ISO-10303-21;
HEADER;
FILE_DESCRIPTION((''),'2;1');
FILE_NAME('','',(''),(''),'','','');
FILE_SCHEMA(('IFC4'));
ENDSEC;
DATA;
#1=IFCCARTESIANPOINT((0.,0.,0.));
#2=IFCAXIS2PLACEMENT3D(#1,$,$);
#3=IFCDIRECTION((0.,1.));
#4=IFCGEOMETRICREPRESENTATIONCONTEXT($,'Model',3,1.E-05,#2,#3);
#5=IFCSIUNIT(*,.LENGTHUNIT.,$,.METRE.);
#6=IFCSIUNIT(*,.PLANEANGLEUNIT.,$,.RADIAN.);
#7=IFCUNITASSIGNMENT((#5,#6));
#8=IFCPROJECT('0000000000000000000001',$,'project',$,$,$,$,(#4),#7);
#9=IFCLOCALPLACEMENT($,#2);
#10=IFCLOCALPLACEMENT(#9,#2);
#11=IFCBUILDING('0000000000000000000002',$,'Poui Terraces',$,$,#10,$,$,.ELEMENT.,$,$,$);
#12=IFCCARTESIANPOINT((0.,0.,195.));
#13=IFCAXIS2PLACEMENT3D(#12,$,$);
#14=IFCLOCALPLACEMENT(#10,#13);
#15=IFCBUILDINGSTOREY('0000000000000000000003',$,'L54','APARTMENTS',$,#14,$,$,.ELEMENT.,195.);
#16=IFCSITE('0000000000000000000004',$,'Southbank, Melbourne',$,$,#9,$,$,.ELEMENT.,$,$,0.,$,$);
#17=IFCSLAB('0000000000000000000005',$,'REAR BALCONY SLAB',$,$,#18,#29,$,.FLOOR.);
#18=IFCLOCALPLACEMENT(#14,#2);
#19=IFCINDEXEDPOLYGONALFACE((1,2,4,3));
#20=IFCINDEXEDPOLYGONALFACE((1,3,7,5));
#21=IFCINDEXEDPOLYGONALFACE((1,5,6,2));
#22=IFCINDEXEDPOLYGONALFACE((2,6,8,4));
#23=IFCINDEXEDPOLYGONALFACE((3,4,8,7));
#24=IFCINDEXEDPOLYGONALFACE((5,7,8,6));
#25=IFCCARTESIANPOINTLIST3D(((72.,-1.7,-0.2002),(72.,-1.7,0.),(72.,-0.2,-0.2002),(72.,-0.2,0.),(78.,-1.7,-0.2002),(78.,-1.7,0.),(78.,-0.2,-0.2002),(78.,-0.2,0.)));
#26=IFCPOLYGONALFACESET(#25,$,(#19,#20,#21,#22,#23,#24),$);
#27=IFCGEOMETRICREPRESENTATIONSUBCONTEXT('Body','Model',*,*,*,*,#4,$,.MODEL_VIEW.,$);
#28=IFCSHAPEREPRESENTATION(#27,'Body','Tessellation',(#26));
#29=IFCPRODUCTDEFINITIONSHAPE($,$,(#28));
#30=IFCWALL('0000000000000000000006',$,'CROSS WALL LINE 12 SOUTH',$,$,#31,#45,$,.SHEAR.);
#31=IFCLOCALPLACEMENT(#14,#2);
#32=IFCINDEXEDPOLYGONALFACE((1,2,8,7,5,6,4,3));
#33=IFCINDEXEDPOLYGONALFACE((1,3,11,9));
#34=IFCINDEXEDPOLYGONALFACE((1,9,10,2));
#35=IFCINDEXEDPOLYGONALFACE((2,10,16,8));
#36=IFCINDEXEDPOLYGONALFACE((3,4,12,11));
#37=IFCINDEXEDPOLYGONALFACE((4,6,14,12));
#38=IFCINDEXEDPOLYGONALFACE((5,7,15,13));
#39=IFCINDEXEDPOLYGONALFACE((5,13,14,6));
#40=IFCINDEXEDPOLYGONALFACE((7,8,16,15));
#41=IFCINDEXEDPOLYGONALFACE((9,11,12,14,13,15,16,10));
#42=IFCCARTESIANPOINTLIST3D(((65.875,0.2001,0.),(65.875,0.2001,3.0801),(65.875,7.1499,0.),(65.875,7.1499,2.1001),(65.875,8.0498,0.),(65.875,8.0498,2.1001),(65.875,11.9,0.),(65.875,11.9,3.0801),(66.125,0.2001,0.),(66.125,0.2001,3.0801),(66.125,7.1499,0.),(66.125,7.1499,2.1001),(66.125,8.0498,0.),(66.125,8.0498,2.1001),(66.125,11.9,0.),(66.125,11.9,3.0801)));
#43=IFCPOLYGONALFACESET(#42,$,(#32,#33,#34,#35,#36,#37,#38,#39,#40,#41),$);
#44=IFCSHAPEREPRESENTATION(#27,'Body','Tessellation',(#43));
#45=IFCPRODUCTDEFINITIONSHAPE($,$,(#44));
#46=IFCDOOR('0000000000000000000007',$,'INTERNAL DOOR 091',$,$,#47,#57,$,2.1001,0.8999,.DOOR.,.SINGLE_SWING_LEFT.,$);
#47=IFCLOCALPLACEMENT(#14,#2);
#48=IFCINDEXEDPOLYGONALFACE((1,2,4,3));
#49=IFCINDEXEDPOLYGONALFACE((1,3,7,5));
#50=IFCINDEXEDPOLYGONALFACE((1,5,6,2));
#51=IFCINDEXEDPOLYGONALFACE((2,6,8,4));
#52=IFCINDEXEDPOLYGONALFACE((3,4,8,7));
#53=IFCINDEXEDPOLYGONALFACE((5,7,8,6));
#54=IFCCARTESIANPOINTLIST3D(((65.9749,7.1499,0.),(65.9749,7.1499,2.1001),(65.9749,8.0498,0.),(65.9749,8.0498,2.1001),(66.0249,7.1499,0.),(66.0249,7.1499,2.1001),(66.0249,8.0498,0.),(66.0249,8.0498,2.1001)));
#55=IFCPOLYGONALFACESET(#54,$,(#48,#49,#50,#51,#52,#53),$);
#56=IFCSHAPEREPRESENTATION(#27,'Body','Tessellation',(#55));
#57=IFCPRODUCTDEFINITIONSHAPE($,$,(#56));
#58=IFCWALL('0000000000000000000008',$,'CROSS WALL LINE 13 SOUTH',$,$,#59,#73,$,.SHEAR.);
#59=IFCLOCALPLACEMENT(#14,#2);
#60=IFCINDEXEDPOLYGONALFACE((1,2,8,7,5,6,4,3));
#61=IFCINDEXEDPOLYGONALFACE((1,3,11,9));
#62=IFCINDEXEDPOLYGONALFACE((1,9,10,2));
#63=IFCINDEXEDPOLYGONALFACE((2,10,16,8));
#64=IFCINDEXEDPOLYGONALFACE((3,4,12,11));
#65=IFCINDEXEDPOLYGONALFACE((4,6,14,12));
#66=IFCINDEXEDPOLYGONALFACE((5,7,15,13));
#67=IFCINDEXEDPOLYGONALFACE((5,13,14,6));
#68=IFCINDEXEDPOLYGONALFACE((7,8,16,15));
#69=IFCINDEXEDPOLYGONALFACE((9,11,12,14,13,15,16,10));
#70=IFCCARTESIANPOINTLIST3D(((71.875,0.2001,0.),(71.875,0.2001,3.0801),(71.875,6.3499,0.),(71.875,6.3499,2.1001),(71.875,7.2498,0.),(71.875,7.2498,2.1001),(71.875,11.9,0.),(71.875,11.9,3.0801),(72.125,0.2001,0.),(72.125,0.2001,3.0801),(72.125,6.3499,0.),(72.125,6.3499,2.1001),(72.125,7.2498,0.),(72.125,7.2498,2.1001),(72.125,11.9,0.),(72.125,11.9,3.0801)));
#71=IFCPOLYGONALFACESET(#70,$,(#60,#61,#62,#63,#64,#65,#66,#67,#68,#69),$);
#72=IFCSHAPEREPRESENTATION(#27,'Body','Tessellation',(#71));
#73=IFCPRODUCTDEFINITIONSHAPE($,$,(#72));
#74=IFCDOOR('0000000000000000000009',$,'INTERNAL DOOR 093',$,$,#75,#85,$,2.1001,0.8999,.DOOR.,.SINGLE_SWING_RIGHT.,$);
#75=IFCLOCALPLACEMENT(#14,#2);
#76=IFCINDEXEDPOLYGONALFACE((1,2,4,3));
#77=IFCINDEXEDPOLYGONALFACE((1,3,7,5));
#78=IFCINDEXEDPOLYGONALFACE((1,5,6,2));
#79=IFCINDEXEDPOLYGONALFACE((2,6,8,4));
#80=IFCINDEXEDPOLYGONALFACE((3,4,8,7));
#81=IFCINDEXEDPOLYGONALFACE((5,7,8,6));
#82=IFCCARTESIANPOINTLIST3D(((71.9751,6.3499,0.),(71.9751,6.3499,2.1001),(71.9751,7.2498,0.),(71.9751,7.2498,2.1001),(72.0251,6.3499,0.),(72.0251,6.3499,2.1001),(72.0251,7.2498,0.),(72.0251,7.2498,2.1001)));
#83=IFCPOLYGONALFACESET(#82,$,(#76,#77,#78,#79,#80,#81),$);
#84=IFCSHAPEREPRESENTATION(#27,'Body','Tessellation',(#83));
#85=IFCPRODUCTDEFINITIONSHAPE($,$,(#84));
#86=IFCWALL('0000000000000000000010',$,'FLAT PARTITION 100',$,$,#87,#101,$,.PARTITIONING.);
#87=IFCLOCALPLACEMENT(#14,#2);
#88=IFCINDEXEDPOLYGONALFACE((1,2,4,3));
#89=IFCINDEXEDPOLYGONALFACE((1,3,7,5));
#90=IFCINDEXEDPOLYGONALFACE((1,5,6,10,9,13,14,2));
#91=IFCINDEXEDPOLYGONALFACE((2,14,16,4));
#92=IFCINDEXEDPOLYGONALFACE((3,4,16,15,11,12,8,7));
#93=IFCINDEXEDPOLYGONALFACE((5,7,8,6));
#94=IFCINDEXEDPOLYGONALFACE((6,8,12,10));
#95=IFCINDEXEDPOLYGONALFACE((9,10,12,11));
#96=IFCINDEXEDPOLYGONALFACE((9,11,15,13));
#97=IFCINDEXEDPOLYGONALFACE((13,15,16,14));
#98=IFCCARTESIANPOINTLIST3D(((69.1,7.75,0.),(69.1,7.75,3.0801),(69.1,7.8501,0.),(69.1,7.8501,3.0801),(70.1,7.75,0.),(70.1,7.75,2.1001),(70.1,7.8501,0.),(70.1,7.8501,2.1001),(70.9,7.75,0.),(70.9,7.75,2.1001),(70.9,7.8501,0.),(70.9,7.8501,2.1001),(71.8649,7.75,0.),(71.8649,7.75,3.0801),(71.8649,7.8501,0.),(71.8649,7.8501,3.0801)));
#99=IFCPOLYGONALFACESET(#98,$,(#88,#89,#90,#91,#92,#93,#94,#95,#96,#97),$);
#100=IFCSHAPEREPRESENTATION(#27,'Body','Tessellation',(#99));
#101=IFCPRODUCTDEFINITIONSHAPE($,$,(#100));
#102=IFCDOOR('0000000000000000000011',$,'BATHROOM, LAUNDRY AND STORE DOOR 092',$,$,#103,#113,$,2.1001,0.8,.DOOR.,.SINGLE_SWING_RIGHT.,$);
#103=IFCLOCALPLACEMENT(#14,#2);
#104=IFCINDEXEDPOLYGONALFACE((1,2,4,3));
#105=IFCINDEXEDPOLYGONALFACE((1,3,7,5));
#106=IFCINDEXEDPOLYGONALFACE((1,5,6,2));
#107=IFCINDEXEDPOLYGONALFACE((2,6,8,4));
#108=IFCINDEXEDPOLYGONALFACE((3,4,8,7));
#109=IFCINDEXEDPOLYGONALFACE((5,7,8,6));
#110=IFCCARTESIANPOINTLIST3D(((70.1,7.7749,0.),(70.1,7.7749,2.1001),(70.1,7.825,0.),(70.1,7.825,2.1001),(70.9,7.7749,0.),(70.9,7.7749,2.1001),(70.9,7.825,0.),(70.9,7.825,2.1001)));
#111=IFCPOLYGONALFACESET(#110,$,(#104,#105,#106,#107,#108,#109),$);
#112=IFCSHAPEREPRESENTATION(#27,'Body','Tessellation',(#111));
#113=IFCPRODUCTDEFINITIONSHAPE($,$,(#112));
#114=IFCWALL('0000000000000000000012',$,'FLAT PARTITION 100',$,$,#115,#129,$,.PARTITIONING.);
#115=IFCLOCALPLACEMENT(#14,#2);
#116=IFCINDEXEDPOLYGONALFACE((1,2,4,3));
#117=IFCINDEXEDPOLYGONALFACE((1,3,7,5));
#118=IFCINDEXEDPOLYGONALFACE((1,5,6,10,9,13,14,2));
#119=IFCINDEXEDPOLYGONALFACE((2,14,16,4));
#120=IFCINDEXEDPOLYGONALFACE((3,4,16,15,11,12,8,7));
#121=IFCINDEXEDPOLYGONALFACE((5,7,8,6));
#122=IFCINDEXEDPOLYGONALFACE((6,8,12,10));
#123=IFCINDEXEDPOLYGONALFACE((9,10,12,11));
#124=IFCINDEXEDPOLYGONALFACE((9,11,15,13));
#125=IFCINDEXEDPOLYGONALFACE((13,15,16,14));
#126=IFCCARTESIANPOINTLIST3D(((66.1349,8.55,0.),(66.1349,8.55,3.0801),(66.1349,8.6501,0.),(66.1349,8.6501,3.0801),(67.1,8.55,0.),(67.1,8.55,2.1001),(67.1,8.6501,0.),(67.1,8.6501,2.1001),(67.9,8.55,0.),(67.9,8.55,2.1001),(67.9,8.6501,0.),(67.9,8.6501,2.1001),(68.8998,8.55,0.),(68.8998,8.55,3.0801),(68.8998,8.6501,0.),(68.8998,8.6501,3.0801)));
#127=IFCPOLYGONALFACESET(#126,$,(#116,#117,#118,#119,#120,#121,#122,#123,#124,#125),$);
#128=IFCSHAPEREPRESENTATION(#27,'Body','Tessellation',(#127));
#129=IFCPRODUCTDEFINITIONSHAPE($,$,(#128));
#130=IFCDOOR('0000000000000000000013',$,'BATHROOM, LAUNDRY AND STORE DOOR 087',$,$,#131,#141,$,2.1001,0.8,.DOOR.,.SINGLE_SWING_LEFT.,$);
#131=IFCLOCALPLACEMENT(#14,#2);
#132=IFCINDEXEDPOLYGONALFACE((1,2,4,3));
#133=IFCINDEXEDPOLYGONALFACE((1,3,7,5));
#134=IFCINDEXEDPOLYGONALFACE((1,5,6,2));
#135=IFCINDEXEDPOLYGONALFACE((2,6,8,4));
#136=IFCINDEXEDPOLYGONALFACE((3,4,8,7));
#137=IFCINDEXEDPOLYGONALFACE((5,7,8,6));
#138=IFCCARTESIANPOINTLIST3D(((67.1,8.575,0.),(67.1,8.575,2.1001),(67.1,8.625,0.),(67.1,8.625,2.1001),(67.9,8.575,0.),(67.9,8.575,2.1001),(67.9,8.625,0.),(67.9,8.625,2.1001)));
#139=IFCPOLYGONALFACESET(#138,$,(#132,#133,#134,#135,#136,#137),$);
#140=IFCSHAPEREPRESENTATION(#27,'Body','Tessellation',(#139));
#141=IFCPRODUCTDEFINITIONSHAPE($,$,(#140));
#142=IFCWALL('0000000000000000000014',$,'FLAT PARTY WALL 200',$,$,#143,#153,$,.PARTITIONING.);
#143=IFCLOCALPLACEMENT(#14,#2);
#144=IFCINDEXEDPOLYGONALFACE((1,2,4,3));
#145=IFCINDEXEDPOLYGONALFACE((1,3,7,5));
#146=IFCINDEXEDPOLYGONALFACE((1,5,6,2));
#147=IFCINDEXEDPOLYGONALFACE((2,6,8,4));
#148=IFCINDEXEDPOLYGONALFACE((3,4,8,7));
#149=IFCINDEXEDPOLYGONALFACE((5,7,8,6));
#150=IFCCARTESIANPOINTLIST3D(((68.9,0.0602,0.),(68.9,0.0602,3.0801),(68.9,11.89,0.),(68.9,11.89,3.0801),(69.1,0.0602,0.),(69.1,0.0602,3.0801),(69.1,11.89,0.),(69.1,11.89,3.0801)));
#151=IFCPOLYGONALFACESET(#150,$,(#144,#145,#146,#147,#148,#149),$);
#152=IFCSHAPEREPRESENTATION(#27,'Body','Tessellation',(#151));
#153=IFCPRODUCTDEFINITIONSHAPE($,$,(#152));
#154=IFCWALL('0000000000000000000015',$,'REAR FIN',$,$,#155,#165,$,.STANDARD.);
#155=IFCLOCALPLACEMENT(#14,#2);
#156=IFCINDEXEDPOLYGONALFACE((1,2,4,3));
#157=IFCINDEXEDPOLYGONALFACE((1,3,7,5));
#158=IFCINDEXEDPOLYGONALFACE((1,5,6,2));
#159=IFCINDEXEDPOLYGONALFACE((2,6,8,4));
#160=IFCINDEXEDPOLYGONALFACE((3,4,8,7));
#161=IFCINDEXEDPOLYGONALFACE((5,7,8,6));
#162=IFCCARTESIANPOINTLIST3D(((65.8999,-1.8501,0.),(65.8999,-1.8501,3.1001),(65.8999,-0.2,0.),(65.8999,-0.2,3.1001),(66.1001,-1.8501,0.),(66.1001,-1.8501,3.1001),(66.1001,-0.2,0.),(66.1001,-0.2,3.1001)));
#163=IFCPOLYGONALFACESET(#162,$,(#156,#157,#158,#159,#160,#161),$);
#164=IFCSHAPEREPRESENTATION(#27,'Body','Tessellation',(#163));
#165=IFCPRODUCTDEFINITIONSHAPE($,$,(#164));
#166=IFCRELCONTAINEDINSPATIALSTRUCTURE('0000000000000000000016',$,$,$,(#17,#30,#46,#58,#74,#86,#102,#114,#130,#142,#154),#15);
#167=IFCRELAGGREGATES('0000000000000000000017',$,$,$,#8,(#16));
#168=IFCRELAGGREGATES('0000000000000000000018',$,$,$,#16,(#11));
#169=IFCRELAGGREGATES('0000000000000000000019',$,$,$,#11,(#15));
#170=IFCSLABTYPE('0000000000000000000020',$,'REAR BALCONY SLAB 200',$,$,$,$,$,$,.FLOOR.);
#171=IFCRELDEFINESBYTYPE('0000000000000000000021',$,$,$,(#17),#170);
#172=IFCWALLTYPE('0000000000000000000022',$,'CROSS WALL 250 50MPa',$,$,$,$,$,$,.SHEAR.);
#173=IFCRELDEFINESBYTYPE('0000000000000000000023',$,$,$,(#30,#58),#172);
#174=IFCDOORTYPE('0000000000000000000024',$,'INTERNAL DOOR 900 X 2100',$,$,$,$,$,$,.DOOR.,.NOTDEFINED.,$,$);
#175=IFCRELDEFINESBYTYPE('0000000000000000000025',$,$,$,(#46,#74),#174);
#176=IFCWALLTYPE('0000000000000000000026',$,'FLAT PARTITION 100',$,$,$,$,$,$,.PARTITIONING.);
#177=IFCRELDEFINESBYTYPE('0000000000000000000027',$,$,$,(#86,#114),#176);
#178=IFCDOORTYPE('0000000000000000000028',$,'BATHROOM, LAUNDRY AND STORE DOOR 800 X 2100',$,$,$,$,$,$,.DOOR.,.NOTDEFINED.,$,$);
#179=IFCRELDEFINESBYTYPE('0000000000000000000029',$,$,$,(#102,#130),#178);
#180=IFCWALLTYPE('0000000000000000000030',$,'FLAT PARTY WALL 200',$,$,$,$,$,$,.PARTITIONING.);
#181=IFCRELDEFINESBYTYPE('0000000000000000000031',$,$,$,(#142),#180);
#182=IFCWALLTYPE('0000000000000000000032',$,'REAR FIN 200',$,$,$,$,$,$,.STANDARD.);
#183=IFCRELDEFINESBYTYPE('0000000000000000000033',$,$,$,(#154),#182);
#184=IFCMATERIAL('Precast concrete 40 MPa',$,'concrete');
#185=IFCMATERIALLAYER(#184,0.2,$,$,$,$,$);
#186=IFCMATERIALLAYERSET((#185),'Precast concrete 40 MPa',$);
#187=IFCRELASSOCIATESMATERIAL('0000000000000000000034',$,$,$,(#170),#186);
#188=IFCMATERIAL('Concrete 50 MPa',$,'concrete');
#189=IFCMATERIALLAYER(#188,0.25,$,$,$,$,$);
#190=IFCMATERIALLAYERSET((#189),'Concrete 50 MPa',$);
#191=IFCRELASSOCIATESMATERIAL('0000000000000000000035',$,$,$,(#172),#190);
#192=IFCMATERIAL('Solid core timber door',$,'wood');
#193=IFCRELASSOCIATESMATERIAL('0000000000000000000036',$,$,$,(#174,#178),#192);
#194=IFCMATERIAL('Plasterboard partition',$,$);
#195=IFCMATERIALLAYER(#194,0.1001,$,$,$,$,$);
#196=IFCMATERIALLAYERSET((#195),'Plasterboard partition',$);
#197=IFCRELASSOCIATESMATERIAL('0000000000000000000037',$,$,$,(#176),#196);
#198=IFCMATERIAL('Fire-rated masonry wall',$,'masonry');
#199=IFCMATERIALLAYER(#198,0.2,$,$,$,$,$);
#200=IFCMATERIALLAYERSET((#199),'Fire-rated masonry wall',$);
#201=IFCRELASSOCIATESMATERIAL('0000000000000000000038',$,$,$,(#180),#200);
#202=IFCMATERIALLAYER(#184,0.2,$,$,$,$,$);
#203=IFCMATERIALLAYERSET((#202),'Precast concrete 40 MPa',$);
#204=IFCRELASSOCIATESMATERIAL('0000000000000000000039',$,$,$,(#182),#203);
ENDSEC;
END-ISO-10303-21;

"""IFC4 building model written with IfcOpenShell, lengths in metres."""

from ifc_helpers import new_model, si_unit, direction, frame, frame_2d, origin, place, context, subcontext, project, spatial, polyline, rectangle, outline, extrude, source, transform, mapped, material, layer, layer_set, type_object, element, fill, save


model = new_model("IFC4")

# Units and contexts
model_context = context("Model", 3, precision=1e-05, world=origin(), true_north=direction((0.0, 1.0)))
body_context = subcontext(model_context, "Body", "Model", "MODEL_VIEW")
ifc_project = project(units=[si_unit("LENGTHUNIT", "METRE"), si_unit("PLANEANGLEUNIT", "RADIAN")], contexts=[model_context])

# Site, building, storey
site_placement = place(None, origin())
site = spatial("IfcSite", under=ifc_project, at=site_placement, Name="Southbank, Melbourne", CompositionType="ELEMENT", RefElevation=0.0)
building_placement = place(site_placement, origin())
building = spatial("IfcBuilding", under=site, at=building_placement, Name="Poui Terraces", CompositionType="ELEMENT")
storey_placement = place(building_placement, frame((0.0, 0.0, 195.0)))
storey = spatial("IfcBuildingStorey", under=building, at=storey_placement, Name="L54", Description="APARTMENTS", CompositionType="ELEMENT", Elevation=195.0)

# Slab
ifc_material_1 = material(Name="Precast concrete 40 MPa", Category="concrete")
ifc_layer_1 = layer(ifc_material_1, 0.2)
ifc_layer_set_1 = layer_set([ifc_layer_1], Name="Precast concrete 40 MPa")
slab_type = type_object("IfcSlabType", Name="REAR BALCONY SLAB 200", PredefinedType="FLOOR", material=ifc_layer_set_1)
shared_shape_1 = source(origin(), body_context, "Body", "SweptSolid", [
    extrude(outline(polyline([(0.0, 0.0), (6.0, 0.0), (6.0, 1.5), (0.0, 1.5), (0.0, 0.0)])), origin(), (0.0, 0.0, 1.0), 0.2002),
])
slab_placement = place(storey_placement, frame((72.0, -1.7, -0.2002)))
element("IfcSlab", 1, at=slab_placement, inside=storey, type_object=slab_type, Name="REAR BALCONY SLAB", PredefinedType="FLOOR", context=body_context, shape_type="MappedRepresentation", body=[
    mapped(shared_shape_1, transform((0.0, 0.0, 0.0))),
])

# Walls, openings, doors
ifc_material_2 = material(Name="Concrete 50 MPa", Category="concrete")
ifc_layer_2 = layer(ifc_material_2, 0.25)
ifc_layer_set_2 = layer_set([ifc_layer_2], Name="Concrete 50 MPa")
wall_type_1 = type_object("IfcWallType", Name="CROSS WALL 250 50MPa", PredefinedType="SHEAR", material=ifc_layer_set_2)
wall_1_placement = place(storey_placement, frame((66.0, 0.2, 0.0), z_axis=(0.0, 0.0, 1.0), x_axis=(0.0, 1.0, 0.0)))
wall_1 = element("IfcWall", 2, at=wall_1_placement, inside=storey, type_object=wall_type_1, Name="CROSS WALL LINE 12 SOUTH", PredefinedType="SHEAR", context=body_context, shape_type="SweptSolid", body=[
    extrude(rectangle(XDim=11.7, YDim=0.25, at=frame_2d((5.8501, 0.0))), origin(), (0.0, 0.0, 1.0), 3.0801),
])
opening_1_placement = place(wall_1_placement, frame((6.95, 0.0, 0.0)))
opening_1 = element("IfcOpeningElement", 3, at=opening_1_placement, cuts=wall_1, PredefinedType="OPENING", context=body_context, shape_type="SweptSolid", body=[
    extrude(rectangle(XDim=0.8999, YDim=2.1001, at=frame_2d((0.45, 1.05))), frame((0.0, 0.135, 0.0), z_axis=(0.0, -1.0, 0.0), x_axis=(1.0, 0.0, 0.0)), (0.0, 0.0, 1.0), 0.27),
])
ifc_material_3 = material(Name="Solid core timber door", Category="wood")
door_type_1 = type_object("IfcDoorType", Name="INTERNAL DOOR 900 X 2100", OperationType="NOTDEFINED", PredefinedType="DOOR", material=ifc_material_3)
door_1_placement = place(opening_1_placement, frame((0.8999, 0.0, 0.0), z_axis=(0.0, 0.0, 1.0), x_axis=(-1.0, 0.0, 0.0)))
door_1 = element("IfcDoor", 4, at=door_1_placement, inside=storey, type_object=door_type_1, Name="INTERNAL DOOR 091", OperationType="SINGLE_SWING_LEFT", OverallHeight=2.1001, OverallWidth=0.8999, PredefinedType="DOOR", context=body_context, shape_type="SweptSolid", body=[
    extrude(rectangle(XDim=0.8999, YDim=2.1001, at=frame_2d((0.45, 1.05))), frame((0.0, 0.0249, 0.0), z_axis=(0.0, -1.0, 0.0), x_axis=(1.0, 0.0, 0.0)), (0.0, 0.0, 1.0), 0.05),
])
fill(opening_1, door_1)
wall_2_placement = place(storey_placement, frame((72.0, 0.2, 0.0), z_axis=(0.0, 0.0, 1.0), x_axis=(0.0, 1.0, 0.0)))
wall_2 = element("IfcWall", 5, at=wall_2_placement, inside=storey, type_object=wall_type_1, Name="CROSS WALL LINE 13 SOUTH", PredefinedType="SHEAR", context=body_context, shape_type="SweptSolid", body=[
    extrude(rectangle(XDim=11.7, YDim=0.25, at=frame_2d((5.8501, 0.0))), origin(), (0.0, 0.0, 1.0), 3.0801),
])
opening_2_placement = place(wall_2_placement, frame((6.1499, 0.0, 0.0)))
opening_2 = element("IfcOpeningElement", 6, at=opening_2_placement, cuts=wall_2, PredefinedType="OPENING", context=body_context, shape_type="SweptSolid", body=[
    extrude(rectangle(XDim=0.8999, YDim=2.1001, at=frame_2d((0.45, 1.05))), frame((0.0, 0.135, 0.0), z_axis=(0.0, -1.0, 0.0), x_axis=(1.0, 0.0, 0.0)), (0.0, 0.0, 1.0), 0.27),
])
door_2_placement = place(opening_2_placement, origin())
door_2 = element("IfcDoor", 7, at=door_2_placement, inside=storey, type_object=door_type_1, Name="INTERNAL DOOR 093", OperationType="SINGLE_SWING_RIGHT", OverallHeight=2.1001, OverallWidth=0.8999, PredefinedType="DOOR", context=body_context, shape_type="SweptSolid", body=[
    extrude(rectangle(XDim=0.8999, YDim=2.1001, at=frame_2d((0.45, 1.05))), frame((0.0, 0.0249, 0.0), z_axis=(0.0, -1.0, 0.0), x_axis=(1.0, 0.0, 0.0)), (0.0, 0.0, 1.0), 0.05),
])
fill(opening_2, door_2)
ifc_material_4 = material(Name="Plasterboard partition")
ifc_layer_3 = layer(ifc_material_4, 0.1001)
ifc_layer_set_3 = layer_set([ifc_layer_3], Name="Plasterboard partition")
wall_type_2 = type_object("IfcWallType", Name="FLAT PARTITION 100", PredefinedType="PARTITIONING", material=ifc_layer_set_3)
wall_3_placement = place(storey_placement, frame((69.1001, 7.8, 0.0), z_axis=(0.0, 0.0, 1.0), x_axis=(1.0, 0.0, 0.0)))
wall_3 = element("IfcWall", 8, at=wall_3_placement, inside=storey, type_object=wall_type_2, Name="FLAT PARTITION 100", PredefinedType="PARTITIONING", context=body_context, shape_type="SweptSolid", body=[
    extrude(rectangle(XDim=2.7649, YDim=0.1001, at=frame_2d((1.3823, 0.0))), origin(), (0.0, 0.0, 1.0), 3.0801),
])
opening_3_placement = place(wall_3_placement, frame((1.0, 0.0, 0.0)))
opening_3 = element("IfcOpeningElement", 9, at=opening_3_placement, cuts=wall_3, PredefinedType="OPENING", context=body_context, shape_type="SweptSolid", body=[
    extrude(rectangle(XDim=0.8, YDim=2.1001, at=frame_2d((0.3999, 1.05))), frame((0.0, 0.0601, 0.0), z_axis=(0.0, -1.0, 0.0), x_axis=(1.0, 0.0, 0.0)), (0.0, 0.0, 1.0), 0.1201),
])
door_type_2 = type_object("IfcDoorType", Name="BATHROOM, LAUNDRY AND STORE DOOR 800 X 2100", OperationType="NOTDEFINED", PredefinedType="DOOR", material=ifc_material_3)
door_3_placement = place(opening_3_placement, origin())
door_3 = element("IfcDoor", 10, at=door_3_placement, inside=storey, type_object=door_type_2, Name="BATHROOM, LAUNDRY AND STORE DOOR 092", OperationType="SINGLE_SWING_RIGHT", OverallHeight=2.1001, OverallWidth=0.8, PredefinedType="DOOR", context=body_context, shape_type="SweptSolid", body=[
    extrude(rectangle(XDim=0.8, YDim=2.1001, at=frame_2d((0.3999, 1.05))), frame((0.0, 0.0249, 0.0), z_axis=(0.0, -1.0, 0.0), x_axis=(1.0, 0.0, 0.0)), (0.0, 0.0, 1.0), 0.05),
])
fill(opening_3, door_3)
wall_4_placement = place(storey_placement, frame((66.135, 8.6001, 0.0), z_axis=(0.0, 0.0, 1.0), x_axis=(1.0, 0.0, 0.0)))
wall_4 = element("IfcWall", 11, at=wall_4_placement, inside=storey, type_object=wall_type_2, Name="FLAT PARTITION 100", PredefinedType="PARTITIONING", context=body_context, shape_type="SweptSolid", body=[
    extrude(rectangle(XDim=2.7649, YDim=0.1001, at=frame_2d((1.3823, 0.0))), origin(), (0.0, 0.0, 1.0), 3.0801),
])
opening_4_placement = place(wall_4_placement, frame((0.9651, 0.0, 0.0)))
opening_4 = element("IfcOpeningElement", 12, at=opening_4_placement, cuts=wall_4, PredefinedType="OPENING", context=body_context, shape_type="SweptSolid", body=[
    extrude(rectangle(XDim=0.8, YDim=2.1001, at=frame_2d((0.3999, 1.05))), frame((0.0, 0.0601, 0.0), z_axis=(0.0, -1.0, 0.0), x_axis=(1.0, 0.0, 0.0)), (0.0, 0.0, 1.0), 0.1201),
])
door_4_placement = place(opening_4_placement, origin())
door_4 = element("IfcDoor", 13, at=door_4_placement, inside=storey, type_object=door_type_2, Name="BATHROOM, LAUNDRY AND STORE DOOR 087", OperationType="SINGLE_SWING_LEFT", OverallHeight=2.1001, OverallWidth=0.8, PredefinedType="DOOR", context=body_context, shape_type="SweptSolid", body=[
    extrude(rectangle(XDim=0.8, YDim=2.1001, at=frame_2d((0.3999, 1.05))), frame((0.0, 0.0249, 0.0), z_axis=(0.0, -1.0, 0.0), x_axis=(1.0, 0.0, 0.0)), (0.0, 0.0, 1.0), 0.05),
])
fill(opening_4, door_4)

# Walls
ifc_material_5 = material(Name="Fire-rated masonry wall", Category="masonry")
ifc_layer_4 = layer(ifc_material_5, 0.2)
ifc_layer_set_4 = layer_set([ifc_layer_4], Name="Fire-rated masonry wall")
wall_type_3 = type_object("IfcWallType", Name="FLAT PARTY WALL 200", PredefinedType="PARTITIONING", material=ifc_layer_set_4)
wall_5_placement = place(storey_placement, frame((69.0, 0.0601, 0.0), z_axis=(0.0, 0.0, 1.0), x_axis=(0.0, 1.0, 0.0)))
element("IfcWall", 14, at=wall_5_placement, inside=storey, type_object=wall_type_3, Name="FLAT PARTY WALL 200", PredefinedType="PARTITIONING", context=body_context, shape_type="SweptSolid", body=[
    extrude(rectangle(XDim=11.8298, YDim=0.2, at=frame_2d((5.915, 0.0))), origin(), (0.0, 0.0, 1.0), 3.0801),
])
ifc_layer_5 = layer(ifc_material_1, 0.2)
ifc_layer_set_5 = layer_set([ifc_layer_5], Name="Precast concrete 40 MPa")
wall_type_4 = type_object("IfcWallType", Name="REAR FIN 200", PredefinedType="STANDARD", material=ifc_layer_set_5)
shared_shape_2 = source(origin(), body_context, "Body", "SweptSolid", [
    extrude(outline(polyline([(0.0, 0.0), (0.2002, 0.0), (0.2002, 1.6501), (0.0, 1.6501), (0.0, 0.0)])), origin(), (0.0, 0.0, 1.0), 3.1001),
])
for number, where, name in (
    (15, (65.8999, -1.8501, 0.0), "REAR FIN"),
):
    element("IfcWall", number, at=place(storey_placement, frame(where)), inside=storey, type_object=wall_type_4, Name=name, PredefinedType="STANDARD", context=body_context, shape_type="MappedRepresentation", body=[
        mapped(shared_shape_2, transform((0.0, 0.0, 0.0))),
    ])

save(model, "model.ifc")
